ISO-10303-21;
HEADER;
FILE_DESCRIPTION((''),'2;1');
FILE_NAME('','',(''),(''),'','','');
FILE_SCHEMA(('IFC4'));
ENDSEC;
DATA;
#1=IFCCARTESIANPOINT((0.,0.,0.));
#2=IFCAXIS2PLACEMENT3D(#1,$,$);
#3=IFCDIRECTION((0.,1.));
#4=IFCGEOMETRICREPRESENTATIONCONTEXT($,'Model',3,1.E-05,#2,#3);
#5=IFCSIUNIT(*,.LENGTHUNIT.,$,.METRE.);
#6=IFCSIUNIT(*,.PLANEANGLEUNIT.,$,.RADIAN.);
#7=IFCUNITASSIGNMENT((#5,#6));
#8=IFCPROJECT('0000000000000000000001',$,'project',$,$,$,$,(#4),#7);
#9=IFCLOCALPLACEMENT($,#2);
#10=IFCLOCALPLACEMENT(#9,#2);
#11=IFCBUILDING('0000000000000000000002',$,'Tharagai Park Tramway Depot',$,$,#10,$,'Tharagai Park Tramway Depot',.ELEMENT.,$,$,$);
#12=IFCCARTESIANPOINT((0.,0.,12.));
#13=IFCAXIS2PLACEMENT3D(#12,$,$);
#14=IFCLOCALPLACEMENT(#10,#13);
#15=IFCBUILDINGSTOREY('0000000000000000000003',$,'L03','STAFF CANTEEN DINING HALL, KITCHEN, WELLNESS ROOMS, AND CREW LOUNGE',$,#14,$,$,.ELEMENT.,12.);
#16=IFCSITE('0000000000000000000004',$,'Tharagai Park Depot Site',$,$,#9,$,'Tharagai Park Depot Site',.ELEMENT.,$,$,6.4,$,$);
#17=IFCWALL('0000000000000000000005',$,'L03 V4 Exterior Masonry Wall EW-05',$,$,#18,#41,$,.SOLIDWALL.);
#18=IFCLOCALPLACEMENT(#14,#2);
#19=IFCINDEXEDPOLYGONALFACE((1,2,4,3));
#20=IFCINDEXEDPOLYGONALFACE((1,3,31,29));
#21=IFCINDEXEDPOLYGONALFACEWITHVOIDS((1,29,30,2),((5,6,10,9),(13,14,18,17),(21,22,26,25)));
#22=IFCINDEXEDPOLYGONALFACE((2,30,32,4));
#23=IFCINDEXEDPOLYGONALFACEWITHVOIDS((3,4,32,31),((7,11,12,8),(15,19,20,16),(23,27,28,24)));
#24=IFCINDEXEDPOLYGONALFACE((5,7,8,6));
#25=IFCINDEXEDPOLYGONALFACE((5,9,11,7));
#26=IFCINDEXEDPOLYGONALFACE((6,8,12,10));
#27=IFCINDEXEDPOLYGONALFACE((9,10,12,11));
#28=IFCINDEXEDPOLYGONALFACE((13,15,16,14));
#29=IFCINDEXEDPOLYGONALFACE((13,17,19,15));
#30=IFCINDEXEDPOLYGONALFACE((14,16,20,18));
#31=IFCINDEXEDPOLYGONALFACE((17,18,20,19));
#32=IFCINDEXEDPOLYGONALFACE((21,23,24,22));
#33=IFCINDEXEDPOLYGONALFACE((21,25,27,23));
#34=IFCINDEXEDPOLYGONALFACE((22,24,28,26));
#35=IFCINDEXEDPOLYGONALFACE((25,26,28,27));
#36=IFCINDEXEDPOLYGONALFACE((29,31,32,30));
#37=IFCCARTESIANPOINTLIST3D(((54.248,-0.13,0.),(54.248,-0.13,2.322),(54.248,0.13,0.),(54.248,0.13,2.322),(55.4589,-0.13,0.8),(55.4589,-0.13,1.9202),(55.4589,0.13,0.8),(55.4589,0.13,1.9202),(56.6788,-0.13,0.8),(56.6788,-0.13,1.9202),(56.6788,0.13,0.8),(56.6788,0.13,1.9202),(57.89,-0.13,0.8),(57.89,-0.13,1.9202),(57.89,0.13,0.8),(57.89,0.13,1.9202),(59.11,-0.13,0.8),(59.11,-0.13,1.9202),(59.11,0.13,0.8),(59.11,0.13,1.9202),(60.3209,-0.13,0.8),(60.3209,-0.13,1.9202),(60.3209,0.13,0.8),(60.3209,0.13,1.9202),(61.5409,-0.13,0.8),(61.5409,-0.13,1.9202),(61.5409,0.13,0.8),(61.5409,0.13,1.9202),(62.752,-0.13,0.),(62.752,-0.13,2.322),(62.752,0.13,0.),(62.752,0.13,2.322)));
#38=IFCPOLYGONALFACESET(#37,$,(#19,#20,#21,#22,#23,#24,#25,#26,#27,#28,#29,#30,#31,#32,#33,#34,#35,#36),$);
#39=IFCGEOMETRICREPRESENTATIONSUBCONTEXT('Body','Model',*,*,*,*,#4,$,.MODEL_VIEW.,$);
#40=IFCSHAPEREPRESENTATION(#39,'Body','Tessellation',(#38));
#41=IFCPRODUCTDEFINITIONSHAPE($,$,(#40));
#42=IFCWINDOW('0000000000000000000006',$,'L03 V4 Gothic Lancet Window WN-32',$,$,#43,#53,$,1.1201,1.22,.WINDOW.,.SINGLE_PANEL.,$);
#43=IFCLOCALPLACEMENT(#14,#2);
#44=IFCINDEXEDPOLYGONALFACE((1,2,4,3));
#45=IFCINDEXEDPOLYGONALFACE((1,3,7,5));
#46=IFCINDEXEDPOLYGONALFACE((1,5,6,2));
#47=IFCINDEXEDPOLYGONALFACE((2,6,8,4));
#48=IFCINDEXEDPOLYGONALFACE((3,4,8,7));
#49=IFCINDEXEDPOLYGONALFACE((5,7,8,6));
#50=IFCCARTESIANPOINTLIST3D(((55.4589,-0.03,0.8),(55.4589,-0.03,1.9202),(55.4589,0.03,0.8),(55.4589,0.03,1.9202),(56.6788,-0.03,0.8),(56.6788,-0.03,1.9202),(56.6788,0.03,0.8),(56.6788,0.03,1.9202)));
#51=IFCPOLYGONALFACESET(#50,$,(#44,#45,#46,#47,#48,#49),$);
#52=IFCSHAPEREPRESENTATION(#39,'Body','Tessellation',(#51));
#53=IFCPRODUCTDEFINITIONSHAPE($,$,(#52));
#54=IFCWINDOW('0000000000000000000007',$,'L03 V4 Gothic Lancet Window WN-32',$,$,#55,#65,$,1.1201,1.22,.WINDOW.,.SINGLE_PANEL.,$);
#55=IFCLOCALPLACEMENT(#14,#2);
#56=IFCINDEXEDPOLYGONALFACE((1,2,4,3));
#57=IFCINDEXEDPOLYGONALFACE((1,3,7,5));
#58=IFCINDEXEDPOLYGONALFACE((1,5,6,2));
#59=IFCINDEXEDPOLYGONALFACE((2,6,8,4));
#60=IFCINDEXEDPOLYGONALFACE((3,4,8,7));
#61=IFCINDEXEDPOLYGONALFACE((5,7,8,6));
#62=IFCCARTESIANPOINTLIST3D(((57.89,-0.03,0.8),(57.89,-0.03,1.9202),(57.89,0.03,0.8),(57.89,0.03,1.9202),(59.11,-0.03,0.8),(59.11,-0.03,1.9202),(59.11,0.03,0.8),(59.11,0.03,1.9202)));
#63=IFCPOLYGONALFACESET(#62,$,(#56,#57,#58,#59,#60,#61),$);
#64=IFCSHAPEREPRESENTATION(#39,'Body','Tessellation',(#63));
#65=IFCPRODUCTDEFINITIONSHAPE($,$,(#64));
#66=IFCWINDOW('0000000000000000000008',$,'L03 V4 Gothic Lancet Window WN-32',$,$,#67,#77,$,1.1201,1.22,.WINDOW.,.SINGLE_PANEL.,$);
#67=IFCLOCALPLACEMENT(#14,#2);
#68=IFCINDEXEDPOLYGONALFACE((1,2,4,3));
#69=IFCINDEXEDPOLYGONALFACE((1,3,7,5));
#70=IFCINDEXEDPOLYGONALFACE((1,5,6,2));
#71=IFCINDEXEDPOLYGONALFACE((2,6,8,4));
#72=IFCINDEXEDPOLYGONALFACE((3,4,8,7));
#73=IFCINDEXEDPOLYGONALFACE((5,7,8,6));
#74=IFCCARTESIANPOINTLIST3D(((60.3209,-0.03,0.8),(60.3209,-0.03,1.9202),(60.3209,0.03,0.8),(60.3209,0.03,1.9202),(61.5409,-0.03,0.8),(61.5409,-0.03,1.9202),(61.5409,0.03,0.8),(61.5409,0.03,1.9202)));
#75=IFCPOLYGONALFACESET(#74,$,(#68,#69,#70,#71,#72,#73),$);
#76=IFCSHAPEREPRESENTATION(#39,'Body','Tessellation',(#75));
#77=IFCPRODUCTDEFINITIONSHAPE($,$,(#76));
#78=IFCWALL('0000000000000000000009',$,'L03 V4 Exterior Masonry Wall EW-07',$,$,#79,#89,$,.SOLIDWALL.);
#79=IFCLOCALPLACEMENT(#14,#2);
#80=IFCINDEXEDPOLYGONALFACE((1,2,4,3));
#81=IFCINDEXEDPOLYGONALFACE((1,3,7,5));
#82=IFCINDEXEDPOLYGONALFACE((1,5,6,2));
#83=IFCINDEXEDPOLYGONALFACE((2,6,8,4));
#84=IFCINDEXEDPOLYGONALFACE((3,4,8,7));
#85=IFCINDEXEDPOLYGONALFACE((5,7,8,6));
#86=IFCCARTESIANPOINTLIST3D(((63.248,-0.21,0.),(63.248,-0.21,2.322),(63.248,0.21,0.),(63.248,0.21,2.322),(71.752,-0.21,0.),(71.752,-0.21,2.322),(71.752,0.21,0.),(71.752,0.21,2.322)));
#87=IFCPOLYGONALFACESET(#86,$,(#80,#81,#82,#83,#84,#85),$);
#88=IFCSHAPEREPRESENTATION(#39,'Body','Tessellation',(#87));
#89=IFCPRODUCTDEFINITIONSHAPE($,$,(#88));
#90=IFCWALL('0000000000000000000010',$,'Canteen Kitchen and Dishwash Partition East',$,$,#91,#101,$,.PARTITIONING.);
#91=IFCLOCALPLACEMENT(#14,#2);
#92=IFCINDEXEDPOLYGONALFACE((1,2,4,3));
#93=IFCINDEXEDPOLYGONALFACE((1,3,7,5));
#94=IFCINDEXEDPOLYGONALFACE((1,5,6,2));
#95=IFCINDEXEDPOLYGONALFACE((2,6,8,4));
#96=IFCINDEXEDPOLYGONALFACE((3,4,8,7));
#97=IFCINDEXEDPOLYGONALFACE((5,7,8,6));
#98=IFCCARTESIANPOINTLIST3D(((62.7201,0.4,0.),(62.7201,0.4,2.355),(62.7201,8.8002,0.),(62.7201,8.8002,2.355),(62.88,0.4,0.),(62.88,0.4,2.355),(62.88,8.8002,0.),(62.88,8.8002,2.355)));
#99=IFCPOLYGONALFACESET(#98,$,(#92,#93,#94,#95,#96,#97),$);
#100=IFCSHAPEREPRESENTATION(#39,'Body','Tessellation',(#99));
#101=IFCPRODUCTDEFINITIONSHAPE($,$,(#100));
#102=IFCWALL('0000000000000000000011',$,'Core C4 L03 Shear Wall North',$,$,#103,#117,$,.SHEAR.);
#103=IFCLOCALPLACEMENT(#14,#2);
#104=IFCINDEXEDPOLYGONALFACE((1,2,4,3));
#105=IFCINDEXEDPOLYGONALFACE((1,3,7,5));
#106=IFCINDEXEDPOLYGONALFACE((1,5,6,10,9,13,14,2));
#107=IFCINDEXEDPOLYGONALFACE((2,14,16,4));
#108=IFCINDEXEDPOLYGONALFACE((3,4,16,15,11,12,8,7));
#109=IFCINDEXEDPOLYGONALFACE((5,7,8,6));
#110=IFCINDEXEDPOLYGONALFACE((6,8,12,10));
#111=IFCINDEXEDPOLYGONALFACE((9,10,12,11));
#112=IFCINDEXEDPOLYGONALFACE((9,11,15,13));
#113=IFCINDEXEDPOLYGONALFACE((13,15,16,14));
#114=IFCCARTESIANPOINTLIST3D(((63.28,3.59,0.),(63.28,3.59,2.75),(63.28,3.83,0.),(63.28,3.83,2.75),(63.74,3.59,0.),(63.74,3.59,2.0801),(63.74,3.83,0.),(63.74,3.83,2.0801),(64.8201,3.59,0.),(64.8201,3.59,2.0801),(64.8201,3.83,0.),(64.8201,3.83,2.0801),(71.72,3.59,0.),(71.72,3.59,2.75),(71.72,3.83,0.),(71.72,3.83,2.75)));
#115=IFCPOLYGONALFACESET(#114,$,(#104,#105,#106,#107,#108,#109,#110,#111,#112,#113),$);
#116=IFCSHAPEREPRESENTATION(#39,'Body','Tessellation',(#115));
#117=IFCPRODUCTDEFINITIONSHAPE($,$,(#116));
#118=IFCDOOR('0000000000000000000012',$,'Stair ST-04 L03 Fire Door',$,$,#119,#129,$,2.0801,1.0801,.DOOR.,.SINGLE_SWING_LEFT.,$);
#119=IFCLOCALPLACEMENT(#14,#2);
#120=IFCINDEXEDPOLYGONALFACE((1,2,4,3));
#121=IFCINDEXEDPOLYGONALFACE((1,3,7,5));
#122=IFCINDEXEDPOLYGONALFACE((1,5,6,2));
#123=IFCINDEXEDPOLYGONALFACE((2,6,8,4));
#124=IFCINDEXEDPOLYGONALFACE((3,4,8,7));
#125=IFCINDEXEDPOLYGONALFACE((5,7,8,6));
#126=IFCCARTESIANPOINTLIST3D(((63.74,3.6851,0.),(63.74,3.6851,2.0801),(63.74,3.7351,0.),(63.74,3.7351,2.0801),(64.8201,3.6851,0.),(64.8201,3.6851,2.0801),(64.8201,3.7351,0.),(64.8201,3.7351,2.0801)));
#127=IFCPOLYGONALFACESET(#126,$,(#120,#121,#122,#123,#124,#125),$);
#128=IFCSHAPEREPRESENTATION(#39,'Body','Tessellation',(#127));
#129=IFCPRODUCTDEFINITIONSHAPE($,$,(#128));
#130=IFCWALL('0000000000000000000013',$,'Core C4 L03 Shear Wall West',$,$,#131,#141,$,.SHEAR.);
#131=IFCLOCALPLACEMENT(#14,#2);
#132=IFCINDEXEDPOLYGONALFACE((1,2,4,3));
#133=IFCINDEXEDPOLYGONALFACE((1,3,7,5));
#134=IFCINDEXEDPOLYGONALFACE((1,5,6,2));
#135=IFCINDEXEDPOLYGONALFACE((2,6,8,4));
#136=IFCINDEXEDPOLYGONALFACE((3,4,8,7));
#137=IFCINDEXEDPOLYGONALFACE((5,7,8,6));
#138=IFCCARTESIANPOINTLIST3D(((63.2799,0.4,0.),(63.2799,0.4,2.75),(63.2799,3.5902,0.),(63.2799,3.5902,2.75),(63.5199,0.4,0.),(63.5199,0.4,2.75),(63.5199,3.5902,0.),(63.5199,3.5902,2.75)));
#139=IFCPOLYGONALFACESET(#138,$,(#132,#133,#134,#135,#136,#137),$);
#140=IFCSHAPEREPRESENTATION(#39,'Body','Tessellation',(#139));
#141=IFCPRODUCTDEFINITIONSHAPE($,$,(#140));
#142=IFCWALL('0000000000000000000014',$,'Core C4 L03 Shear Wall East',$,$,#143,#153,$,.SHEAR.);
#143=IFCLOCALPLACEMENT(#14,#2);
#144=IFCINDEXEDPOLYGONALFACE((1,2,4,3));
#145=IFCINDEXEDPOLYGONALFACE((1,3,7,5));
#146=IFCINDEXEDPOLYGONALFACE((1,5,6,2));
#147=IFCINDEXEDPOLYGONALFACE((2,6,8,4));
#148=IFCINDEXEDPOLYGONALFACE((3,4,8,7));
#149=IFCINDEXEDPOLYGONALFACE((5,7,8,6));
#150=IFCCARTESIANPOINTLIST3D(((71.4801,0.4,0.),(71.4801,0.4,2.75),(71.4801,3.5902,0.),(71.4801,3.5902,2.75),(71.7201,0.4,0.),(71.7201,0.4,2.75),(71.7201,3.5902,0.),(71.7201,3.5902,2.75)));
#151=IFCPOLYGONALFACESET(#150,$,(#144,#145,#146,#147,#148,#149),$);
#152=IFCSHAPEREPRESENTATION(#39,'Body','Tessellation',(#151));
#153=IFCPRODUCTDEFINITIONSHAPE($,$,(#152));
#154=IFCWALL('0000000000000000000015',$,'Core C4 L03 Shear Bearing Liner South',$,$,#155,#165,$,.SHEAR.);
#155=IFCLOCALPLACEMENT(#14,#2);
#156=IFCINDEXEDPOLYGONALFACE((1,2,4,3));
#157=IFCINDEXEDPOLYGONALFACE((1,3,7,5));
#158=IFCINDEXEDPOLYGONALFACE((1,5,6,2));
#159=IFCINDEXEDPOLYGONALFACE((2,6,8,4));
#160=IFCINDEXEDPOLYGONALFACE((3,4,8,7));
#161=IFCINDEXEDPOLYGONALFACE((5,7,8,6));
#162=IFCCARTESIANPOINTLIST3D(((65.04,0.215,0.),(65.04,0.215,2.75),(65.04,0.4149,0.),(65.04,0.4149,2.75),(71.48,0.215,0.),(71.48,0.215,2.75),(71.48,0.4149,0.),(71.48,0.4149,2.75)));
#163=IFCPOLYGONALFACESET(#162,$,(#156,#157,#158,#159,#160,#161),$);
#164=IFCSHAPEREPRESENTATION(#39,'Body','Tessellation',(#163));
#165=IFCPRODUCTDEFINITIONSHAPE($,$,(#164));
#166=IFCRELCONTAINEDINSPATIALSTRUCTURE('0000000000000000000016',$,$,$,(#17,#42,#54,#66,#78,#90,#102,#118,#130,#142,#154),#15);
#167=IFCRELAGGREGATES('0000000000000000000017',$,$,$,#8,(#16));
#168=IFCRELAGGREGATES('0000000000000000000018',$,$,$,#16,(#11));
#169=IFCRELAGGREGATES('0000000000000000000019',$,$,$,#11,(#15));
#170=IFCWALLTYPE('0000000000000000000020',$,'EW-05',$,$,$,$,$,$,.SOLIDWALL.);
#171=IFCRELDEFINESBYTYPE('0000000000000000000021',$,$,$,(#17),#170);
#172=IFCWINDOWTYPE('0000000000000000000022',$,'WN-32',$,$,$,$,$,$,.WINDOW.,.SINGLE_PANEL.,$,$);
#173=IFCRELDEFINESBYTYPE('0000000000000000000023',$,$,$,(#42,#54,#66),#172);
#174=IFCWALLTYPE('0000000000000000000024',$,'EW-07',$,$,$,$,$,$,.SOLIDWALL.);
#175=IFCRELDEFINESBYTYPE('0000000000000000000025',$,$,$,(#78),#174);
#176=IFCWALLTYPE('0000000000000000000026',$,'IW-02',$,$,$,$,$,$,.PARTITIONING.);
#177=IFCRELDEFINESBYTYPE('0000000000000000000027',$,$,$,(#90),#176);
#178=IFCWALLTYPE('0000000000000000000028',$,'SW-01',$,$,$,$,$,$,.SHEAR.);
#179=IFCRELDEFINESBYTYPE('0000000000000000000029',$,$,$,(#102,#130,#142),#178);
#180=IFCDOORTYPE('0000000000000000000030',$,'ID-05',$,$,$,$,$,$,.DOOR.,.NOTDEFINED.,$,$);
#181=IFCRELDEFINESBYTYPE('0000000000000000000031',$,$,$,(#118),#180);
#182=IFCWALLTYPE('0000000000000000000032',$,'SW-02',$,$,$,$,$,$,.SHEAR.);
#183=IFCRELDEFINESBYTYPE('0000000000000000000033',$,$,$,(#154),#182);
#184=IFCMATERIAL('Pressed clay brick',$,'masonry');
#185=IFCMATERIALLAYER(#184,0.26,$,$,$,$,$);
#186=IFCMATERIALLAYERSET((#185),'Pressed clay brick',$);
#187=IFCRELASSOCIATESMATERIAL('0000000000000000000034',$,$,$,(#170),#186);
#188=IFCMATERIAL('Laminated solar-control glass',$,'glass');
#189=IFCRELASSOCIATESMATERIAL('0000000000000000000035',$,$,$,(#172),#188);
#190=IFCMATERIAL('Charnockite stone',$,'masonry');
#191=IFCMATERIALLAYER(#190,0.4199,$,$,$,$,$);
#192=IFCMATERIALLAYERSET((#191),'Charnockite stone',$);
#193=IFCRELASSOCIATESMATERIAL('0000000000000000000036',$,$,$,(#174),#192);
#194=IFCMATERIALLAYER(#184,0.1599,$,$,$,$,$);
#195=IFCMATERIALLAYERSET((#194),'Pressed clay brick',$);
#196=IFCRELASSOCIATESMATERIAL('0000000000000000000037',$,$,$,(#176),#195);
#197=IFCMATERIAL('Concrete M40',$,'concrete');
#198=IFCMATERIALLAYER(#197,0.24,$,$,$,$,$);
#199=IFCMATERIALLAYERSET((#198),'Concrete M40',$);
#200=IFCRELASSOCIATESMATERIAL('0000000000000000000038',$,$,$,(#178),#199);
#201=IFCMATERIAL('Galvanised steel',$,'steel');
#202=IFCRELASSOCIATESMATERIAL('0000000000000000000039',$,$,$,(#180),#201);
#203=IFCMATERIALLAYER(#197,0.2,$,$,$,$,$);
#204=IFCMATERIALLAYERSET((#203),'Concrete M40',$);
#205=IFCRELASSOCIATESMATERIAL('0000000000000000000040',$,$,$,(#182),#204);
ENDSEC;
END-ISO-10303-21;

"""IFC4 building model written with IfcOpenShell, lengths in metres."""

from ifc_helpers import new_model, si_unit, direction, frame, frame_2d, origin, place, context, subcontext, project, spatial, rectangle, extrude, material, layer, layer_set, type_object, element, fill, save


model = new_model("IFC4")

# Units and contexts
model_context = context("Model", 3, precision=1e-05, world=origin(), true_north=direction((0.0, 1.0)))
body_context = subcontext(model_context, "Body", "Model", "MODEL_VIEW")
ifc_project = project(units=[si_unit("LENGTHUNIT", "METRE"), si_unit("PLANEANGLEUNIT", "RADIAN")], contexts=[model_context])

# Site, building, storey
site_placement = place(None, origin())
site = spatial("IfcSite", under=ifc_project, at=site_placement, Name="Tharagai Park Depot Site", LongName="Tharagai Park Depot Site", CompositionType="ELEMENT", RefElevation=6.4)
building_placement = place(site_placement, origin())
building = spatial("IfcBuilding", under=site, at=building_placement, Name="Tharagai Park Tramway Depot", LongName="Tharagai Park Tramway Depot", CompositionType="ELEMENT")
storey_placement = place(building_placement, frame((0.0, 0.0, 12.0)))
storey = spatial("IfcBuildingStorey", under=building, at=storey_placement, Name="L03", Description="STAFF CANTEEN DINING HALL, KITCHEN, WELLNESS ROOMS, AND CREW LOUNGE", CompositionType="ELEMENT", Elevation=12.0)

# Shared definitions
ifc_material_1 = material(Name="Concrete M40", Category="concrete")

# Shared definitions
ifc_material_2 = material(Name="Laminated solar-control glass", Category="glass")

# Wall, openings, windows
ifc_material_3 = material(Name="Pressed clay brick", Category="masonry")
ifc_layer_1 = layer(ifc_material_3, 0.26)
ifc_layer_set_1 = layer_set([ifc_layer_1], Name="Pressed clay brick")
wall_type_1 = type_object("IfcWallType", Name="EW-05", PredefinedType="SOLIDWALL", material=ifc_layer_set_1)
wall_1_placement = place(storey_placement, frame((54.248, 0.0, 0.0), z_axis=(0.0, 0.0, 1.0), x_axis=(1.0, 0.0, 0.0)))
wall_1 = element("IfcWall", 1, at=wall_1_placement, inside=storey, type_object=wall_type_1, Name="L03 V4 Exterior Masonry Wall EW-05", PredefinedType="SOLIDWALL", context=body_context, shape_type="SweptSolid", body=[
    extrude(rectangle(XDim=8.5039, YDim=0.26, at=frame_2d((4.252, 0.0))), origin(), (0.0, 0.0, 1.0), 2.322),
])
opening_1_placement = place(wall_1_placement, frame((1.2109, 0.0, 0.8)))
opening_1 = element("IfcOpeningElement", 2, at=opening_1_placement, cuts=wall_1, PredefinedType="OPENING", context=body_context, shape_type="SweptSolid", body=[
    extrude(rectangle(XDim=1.22, YDim=1.1201, at=frame_2d((0.6099, 0.5601))), frame((0.0, 0.1399, 0.0), z_axis=(0.0, -1.0, 0.0), x_axis=(1.0, 0.0, 0.0)), (0.0, 0.0, 1.0), 0.28),
])
opening_2_placement = place(wall_1_placement, frame((3.6421, 0.0, 0.8)))
opening_2 = element("IfcOpeningElement", 3, at=opening_2_placement, cuts=wall_1, PredefinedType="OPENING", context=body_context, shape_type="SweptSolid", body=[
    extrude(rectangle(XDim=1.22, YDim=1.1201, at=frame_2d((0.6099, 0.5601))), frame((0.0, 0.1399, 0.0), z_axis=(0.0, -1.0, 0.0), x_axis=(1.0, 0.0, 0.0)), (0.0, 0.0, 1.0), 0.28),
])
opening_3_placement = place(wall_1_placement, frame((6.073, 0.0, 0.8)))
opening_3 = element("IfcOpeningElement", 4, at=opening_3_placement, cuts=wall_1, PredefinedType="OPENING", context=body_context, shape_type="SweptSolid", body=[
    extrude(rectangle(XDim=1.22, YDim=1.1201, at=frame_2d((0.6099, 0.5601))), frame((0.0, 0.1399, 0.0), z_axis=(0.0, -1.0, 0.0), x_axis=(1.0, 0.0, 0.0)), (0.0, 0.0, 1.0), 0.28),
])
window_type = type_object("IfcWindowType", Name="WN-32", PartitioningType="SINGLE_PANEL", PredefinedType="WINDOW", material=ifc_material_2)
window_1_placement = place(opening_1_placement, origin())
window_1 = element("IfcWindow", 5, at=window_1_placement, inside=storey, type_object=window_type, Name="L03 V4 Gothic Lancet Window WN-32", OverallHeight=1.1201, OverallWidth=1.22, PartitioningType="SINGLE_PANEL", PredefinedType="WINDOW", context=body_context, shape_type="SweptSolid", body=[
    extrude(rectangle(XDim=1.22, YDim=1.1201, at=frame_2d((0.6099, 0.5601))), frame((0.0, 0.03, 0.0), z_axis=(0.0, -1.0, 0.0), x_axis=(1.0, 0.0, 0.0)), (0.0, 0.0, 1.0), 0.0601),
])
fill(opening_1, window_1)
window_2_placement = place(opening_2_placement, origin())
window_2 = element("IfcWindow", 6, at=window_2_placement, inside=storey, type_object=window_type, Name="L03 V4 Gothic Lancet Window WN-32", OverallHeight=1.1201, OverallWidth=1.22, PartitioningType="SINGLE_PANEL", PredefinedType="WINDOW", context=body_context, shape_type="SweptSolid", body=[
    extrude(rectangle(XDim=1.22, YDim=1.1201, at=frame_2d((0.6099, 0.5601))), frame((0.0, 0.03, 0.0), z_axis=(0.0, -1.0, 0.0), x_axis=(1.0, 0.0, 0.0)), (0.0, 0.0, 1.0), 0.0601),
])
fill(opening_2, window_2)
window_3_placement = place(opening_3_placement, origin())
window_3 = element("IfcWindow", 7, at=window_3_placement, inside=storey, type_object=window_type, Name="L03 V4 Gothic Lancet Window WN-32", OverallHeight=1.1201, OverallWidth=1.22, PartitioningType="SINGLE_PANEL", PredefinedType="WINDOW", context=body_context, shape_type="SweptSolid", body=[
    extrude(rectangle(XDim=1.22, YDim=1.1201, at=frame_2d((0.6099, 0.5601))), frame((0.0, 0.03, 0.0), z_axis=(0.0, -1.0, 0.0), x_axis=(1.0, 0.0, 0.0)), (0.0, 0.0, 1.0), 0.0601),
])
fill(opening_3, window_3)

# Walls
ifc_material_4 = material(Name="Charnockite stone", Category="masonry")
ifc_layer_2 = layer(ifc_material_4, 0.4199)
ifc_layer_set_2 = layer_set([ifc_layer_2], Name="Charnockite stone")
wall_type_2 = type_object("IfcWallType", Name="EW-07", PredefinedType="SOLIDWALL", material=ifc_layer_set_2)
wall_2_placement = place(storey_placement, frame((63.248, 0.0, 0.0), z_axis=(0.0, 0.0, 1.0), x_axis=(1.0, 0.0, 0.0)))
element("IfcWall", 8, at=wall_2_placement, inside=storey, type_object=wall_type_2, Name="L03 V4 Exterior Masonry Wall EW-07", PredefinedType="SOLIDWALL", context=body_context, shape_type="SweptSolid", body=[
    extrude(rectangle(XDim=8.5039, YDim=0.4199, at=frame_2d((4.252, 0.0))), origin(), (0.0, 0.0, 1.0), 2.322),
])
ifc_layer_3 = layer(ifc_material_3, 0.1599)
ifc_layer_set_3 = layer_set([ifc_layer_3], Name="Pressed clay brick")
wall_type_3 = type_object("IfcWallType", Name="IW-02", PredefinedType="PARTITIONING", material=ifc_layer_set_3)
wall_3_placement = place(storey_placement, frame((62.8, 0.3999, 0.0), z_axis=(0.0, 0.0, 1.0), x_axis=(0.0, 1.0, 0.0)))
element("IfcWall", 9, at=wall_3_placement, inside=storey, type_object=wall_type_3, Name="Canteen Kitchen and Dishwash Partition East", PredefinedType="PARTITIONING", context=body_context, shape_type="SweptSolid", body=[
    extrude(rectangle(XDim=8.4001, YDim=0.1599, at=frame_2d((4.2002, 0.0))), origin(), (0.0, 0.0, 1.0), 2.355),
])

# Wall, opening, door
ifc_layer_4 = layer(ifc_material_1, 0.24)
ifc_layer_set_4 = layer_set([ifc_layer_4], Name="Concrete M40")
wall_type_4 = type_object("IfcWallType", Name="SW-01", PredefinedType="SHEAR", material=ifc_layer_set_4)
wall_4_placement = place(storey_placement, frame((63.28, 3.71, 0.0), z_axis=(0.0, 0.0, 1.0), x_axis=(1.0, 0.0, 0.0)))
wall_4 = element("IfcWall", 10, at=wall_4_placement, inside=storey, type_object=wall_type_4, Name="Core C4 L03 Shear Wall North", PredefinedType="SHEAR", context=body_context, shape_type="SweptSolid", body=[
    extrude(rectangle(XDim=8.4399, YDim=0.24, at=frame_2d((4.22, 0.0))), origin(), (0.0, 0.0, 1.0), 2.75),
])
opening_4_placement = place(wall_4_placement, frame((0.46, 0.0, 0.0)))
opening_4 = element("IfcOpeningElement", 11, at=opening_4_placement, cuts=wall_4, PredefinedType="OPENING", context=body_context, shape_type="SweptSolid", body=[
    extrude(rectangle(XDim=1.0801, YDim=2.0801, at=frame_2d((0.54, 1.04))), frame((0.0, 0.1299, 0.0), z_axis=(0.0, -1.0, 0.0), x_axis=(1.0, 0.0, 0.0)), (0.0, 0.0, 1.0), 0.26),
])
ifc_material_5 = material(Name="Galvanised steel", Category="steel")
door_type = type_object("IfcDoorType", Name="ID-05", OperationType="NOTDEFINED", PredefinedType="DOOR", material=ifc_material_5)
door_placement = place(opening_4_placement, frame((1.0801, 0.0, 0.0), z_axis=(0.0, 0.0, 1.0), x_axis=(-1.0, 0.0, 0.0)))
door = element("IfcDoor", 12, at=door_placement, inside=storey, type_object=door_type, Name="Stair ST-04 L03 Fire Door", OperationType="SINGLE_SWING_LEFT", OverallHeight=2.0801, OverallWidth=1.0801, PredefinedType="DOOR", context=body_context, shape_type="SweptSolid", body=[
    extrude(rectangle(XDim=1.0801, YDim=2.0801, at=frame_2d((0.54, 1.04))), frame((0.0, 0.0249, 0.0), z_axis=(0.0, -1.0, 0.0), x_axis=(1.0, 0.0, 0.0)), (0.0, 0.0, 1.0), 0.05),
])
fill(opening_4, door)

# Walls
for number, where, z_axis, x_axis, name in (
    (13, (63.3999, 0.3999, 0.0), (0.0, 0.0, 1.0), (0.0, 1.0, 0.0), "Core C4 L03 Shear Wall West"),
    (14, (71.6001, 0.3999, 0.0), (0.0, 0.0, 1.0), (0.0, 1.0, 0.0), "Core C4 L03 Shear Wall East"),
):
    element("IfcWall", number, at=place(storey_placement, frame(where, z_axis=z_axis, x_axis=x_axis)), inside=storey, type_object=wall_type_4, Name=name, PredefinedType="SHEAR", context=body_context, shape_type="SweptSolid", body=[
        extrude(rectangle(XDim=3.1902, YDim=0.24, at=frame_2d((1.5952, 0.0))), origin(), (0.0, 0.0, 1.0), 2.75),
    ])
ifc_layer_5 = layer(ifc_material_1, 0.2)
ifc_layer_set_5 = layer_set([ifc_layer_5], Name="Concrete M40")
wall_type_5 = type_object("IfcWallType", Name="SW-02", PredefinedType="SHEAR", material=ifc_layer_set_5)
wall_5_placement = place(storey_placement, frame((65.04, 0.3149, 0.0), z_axis=(0.0, 0.0, 1.0), x_axis=(1.0, 0.0, 0.0)))
element("IfcWall", 15, at=wall_5_placement, inside=storey, type_object=wall_type_5, Name="Core C4 L03 Shear Bearing Liner South", PredefinedType="SHEAR", context=body_context, shape_type="SweptSolid", body=[
    extrude(rectangle(XDim=6.4399, YDim=0.2, at=frame_2d((3.22, 0.0))), origin(), (0.0, 0.0, 1.0), 2.75),
])

save(model, "model.ifc")
